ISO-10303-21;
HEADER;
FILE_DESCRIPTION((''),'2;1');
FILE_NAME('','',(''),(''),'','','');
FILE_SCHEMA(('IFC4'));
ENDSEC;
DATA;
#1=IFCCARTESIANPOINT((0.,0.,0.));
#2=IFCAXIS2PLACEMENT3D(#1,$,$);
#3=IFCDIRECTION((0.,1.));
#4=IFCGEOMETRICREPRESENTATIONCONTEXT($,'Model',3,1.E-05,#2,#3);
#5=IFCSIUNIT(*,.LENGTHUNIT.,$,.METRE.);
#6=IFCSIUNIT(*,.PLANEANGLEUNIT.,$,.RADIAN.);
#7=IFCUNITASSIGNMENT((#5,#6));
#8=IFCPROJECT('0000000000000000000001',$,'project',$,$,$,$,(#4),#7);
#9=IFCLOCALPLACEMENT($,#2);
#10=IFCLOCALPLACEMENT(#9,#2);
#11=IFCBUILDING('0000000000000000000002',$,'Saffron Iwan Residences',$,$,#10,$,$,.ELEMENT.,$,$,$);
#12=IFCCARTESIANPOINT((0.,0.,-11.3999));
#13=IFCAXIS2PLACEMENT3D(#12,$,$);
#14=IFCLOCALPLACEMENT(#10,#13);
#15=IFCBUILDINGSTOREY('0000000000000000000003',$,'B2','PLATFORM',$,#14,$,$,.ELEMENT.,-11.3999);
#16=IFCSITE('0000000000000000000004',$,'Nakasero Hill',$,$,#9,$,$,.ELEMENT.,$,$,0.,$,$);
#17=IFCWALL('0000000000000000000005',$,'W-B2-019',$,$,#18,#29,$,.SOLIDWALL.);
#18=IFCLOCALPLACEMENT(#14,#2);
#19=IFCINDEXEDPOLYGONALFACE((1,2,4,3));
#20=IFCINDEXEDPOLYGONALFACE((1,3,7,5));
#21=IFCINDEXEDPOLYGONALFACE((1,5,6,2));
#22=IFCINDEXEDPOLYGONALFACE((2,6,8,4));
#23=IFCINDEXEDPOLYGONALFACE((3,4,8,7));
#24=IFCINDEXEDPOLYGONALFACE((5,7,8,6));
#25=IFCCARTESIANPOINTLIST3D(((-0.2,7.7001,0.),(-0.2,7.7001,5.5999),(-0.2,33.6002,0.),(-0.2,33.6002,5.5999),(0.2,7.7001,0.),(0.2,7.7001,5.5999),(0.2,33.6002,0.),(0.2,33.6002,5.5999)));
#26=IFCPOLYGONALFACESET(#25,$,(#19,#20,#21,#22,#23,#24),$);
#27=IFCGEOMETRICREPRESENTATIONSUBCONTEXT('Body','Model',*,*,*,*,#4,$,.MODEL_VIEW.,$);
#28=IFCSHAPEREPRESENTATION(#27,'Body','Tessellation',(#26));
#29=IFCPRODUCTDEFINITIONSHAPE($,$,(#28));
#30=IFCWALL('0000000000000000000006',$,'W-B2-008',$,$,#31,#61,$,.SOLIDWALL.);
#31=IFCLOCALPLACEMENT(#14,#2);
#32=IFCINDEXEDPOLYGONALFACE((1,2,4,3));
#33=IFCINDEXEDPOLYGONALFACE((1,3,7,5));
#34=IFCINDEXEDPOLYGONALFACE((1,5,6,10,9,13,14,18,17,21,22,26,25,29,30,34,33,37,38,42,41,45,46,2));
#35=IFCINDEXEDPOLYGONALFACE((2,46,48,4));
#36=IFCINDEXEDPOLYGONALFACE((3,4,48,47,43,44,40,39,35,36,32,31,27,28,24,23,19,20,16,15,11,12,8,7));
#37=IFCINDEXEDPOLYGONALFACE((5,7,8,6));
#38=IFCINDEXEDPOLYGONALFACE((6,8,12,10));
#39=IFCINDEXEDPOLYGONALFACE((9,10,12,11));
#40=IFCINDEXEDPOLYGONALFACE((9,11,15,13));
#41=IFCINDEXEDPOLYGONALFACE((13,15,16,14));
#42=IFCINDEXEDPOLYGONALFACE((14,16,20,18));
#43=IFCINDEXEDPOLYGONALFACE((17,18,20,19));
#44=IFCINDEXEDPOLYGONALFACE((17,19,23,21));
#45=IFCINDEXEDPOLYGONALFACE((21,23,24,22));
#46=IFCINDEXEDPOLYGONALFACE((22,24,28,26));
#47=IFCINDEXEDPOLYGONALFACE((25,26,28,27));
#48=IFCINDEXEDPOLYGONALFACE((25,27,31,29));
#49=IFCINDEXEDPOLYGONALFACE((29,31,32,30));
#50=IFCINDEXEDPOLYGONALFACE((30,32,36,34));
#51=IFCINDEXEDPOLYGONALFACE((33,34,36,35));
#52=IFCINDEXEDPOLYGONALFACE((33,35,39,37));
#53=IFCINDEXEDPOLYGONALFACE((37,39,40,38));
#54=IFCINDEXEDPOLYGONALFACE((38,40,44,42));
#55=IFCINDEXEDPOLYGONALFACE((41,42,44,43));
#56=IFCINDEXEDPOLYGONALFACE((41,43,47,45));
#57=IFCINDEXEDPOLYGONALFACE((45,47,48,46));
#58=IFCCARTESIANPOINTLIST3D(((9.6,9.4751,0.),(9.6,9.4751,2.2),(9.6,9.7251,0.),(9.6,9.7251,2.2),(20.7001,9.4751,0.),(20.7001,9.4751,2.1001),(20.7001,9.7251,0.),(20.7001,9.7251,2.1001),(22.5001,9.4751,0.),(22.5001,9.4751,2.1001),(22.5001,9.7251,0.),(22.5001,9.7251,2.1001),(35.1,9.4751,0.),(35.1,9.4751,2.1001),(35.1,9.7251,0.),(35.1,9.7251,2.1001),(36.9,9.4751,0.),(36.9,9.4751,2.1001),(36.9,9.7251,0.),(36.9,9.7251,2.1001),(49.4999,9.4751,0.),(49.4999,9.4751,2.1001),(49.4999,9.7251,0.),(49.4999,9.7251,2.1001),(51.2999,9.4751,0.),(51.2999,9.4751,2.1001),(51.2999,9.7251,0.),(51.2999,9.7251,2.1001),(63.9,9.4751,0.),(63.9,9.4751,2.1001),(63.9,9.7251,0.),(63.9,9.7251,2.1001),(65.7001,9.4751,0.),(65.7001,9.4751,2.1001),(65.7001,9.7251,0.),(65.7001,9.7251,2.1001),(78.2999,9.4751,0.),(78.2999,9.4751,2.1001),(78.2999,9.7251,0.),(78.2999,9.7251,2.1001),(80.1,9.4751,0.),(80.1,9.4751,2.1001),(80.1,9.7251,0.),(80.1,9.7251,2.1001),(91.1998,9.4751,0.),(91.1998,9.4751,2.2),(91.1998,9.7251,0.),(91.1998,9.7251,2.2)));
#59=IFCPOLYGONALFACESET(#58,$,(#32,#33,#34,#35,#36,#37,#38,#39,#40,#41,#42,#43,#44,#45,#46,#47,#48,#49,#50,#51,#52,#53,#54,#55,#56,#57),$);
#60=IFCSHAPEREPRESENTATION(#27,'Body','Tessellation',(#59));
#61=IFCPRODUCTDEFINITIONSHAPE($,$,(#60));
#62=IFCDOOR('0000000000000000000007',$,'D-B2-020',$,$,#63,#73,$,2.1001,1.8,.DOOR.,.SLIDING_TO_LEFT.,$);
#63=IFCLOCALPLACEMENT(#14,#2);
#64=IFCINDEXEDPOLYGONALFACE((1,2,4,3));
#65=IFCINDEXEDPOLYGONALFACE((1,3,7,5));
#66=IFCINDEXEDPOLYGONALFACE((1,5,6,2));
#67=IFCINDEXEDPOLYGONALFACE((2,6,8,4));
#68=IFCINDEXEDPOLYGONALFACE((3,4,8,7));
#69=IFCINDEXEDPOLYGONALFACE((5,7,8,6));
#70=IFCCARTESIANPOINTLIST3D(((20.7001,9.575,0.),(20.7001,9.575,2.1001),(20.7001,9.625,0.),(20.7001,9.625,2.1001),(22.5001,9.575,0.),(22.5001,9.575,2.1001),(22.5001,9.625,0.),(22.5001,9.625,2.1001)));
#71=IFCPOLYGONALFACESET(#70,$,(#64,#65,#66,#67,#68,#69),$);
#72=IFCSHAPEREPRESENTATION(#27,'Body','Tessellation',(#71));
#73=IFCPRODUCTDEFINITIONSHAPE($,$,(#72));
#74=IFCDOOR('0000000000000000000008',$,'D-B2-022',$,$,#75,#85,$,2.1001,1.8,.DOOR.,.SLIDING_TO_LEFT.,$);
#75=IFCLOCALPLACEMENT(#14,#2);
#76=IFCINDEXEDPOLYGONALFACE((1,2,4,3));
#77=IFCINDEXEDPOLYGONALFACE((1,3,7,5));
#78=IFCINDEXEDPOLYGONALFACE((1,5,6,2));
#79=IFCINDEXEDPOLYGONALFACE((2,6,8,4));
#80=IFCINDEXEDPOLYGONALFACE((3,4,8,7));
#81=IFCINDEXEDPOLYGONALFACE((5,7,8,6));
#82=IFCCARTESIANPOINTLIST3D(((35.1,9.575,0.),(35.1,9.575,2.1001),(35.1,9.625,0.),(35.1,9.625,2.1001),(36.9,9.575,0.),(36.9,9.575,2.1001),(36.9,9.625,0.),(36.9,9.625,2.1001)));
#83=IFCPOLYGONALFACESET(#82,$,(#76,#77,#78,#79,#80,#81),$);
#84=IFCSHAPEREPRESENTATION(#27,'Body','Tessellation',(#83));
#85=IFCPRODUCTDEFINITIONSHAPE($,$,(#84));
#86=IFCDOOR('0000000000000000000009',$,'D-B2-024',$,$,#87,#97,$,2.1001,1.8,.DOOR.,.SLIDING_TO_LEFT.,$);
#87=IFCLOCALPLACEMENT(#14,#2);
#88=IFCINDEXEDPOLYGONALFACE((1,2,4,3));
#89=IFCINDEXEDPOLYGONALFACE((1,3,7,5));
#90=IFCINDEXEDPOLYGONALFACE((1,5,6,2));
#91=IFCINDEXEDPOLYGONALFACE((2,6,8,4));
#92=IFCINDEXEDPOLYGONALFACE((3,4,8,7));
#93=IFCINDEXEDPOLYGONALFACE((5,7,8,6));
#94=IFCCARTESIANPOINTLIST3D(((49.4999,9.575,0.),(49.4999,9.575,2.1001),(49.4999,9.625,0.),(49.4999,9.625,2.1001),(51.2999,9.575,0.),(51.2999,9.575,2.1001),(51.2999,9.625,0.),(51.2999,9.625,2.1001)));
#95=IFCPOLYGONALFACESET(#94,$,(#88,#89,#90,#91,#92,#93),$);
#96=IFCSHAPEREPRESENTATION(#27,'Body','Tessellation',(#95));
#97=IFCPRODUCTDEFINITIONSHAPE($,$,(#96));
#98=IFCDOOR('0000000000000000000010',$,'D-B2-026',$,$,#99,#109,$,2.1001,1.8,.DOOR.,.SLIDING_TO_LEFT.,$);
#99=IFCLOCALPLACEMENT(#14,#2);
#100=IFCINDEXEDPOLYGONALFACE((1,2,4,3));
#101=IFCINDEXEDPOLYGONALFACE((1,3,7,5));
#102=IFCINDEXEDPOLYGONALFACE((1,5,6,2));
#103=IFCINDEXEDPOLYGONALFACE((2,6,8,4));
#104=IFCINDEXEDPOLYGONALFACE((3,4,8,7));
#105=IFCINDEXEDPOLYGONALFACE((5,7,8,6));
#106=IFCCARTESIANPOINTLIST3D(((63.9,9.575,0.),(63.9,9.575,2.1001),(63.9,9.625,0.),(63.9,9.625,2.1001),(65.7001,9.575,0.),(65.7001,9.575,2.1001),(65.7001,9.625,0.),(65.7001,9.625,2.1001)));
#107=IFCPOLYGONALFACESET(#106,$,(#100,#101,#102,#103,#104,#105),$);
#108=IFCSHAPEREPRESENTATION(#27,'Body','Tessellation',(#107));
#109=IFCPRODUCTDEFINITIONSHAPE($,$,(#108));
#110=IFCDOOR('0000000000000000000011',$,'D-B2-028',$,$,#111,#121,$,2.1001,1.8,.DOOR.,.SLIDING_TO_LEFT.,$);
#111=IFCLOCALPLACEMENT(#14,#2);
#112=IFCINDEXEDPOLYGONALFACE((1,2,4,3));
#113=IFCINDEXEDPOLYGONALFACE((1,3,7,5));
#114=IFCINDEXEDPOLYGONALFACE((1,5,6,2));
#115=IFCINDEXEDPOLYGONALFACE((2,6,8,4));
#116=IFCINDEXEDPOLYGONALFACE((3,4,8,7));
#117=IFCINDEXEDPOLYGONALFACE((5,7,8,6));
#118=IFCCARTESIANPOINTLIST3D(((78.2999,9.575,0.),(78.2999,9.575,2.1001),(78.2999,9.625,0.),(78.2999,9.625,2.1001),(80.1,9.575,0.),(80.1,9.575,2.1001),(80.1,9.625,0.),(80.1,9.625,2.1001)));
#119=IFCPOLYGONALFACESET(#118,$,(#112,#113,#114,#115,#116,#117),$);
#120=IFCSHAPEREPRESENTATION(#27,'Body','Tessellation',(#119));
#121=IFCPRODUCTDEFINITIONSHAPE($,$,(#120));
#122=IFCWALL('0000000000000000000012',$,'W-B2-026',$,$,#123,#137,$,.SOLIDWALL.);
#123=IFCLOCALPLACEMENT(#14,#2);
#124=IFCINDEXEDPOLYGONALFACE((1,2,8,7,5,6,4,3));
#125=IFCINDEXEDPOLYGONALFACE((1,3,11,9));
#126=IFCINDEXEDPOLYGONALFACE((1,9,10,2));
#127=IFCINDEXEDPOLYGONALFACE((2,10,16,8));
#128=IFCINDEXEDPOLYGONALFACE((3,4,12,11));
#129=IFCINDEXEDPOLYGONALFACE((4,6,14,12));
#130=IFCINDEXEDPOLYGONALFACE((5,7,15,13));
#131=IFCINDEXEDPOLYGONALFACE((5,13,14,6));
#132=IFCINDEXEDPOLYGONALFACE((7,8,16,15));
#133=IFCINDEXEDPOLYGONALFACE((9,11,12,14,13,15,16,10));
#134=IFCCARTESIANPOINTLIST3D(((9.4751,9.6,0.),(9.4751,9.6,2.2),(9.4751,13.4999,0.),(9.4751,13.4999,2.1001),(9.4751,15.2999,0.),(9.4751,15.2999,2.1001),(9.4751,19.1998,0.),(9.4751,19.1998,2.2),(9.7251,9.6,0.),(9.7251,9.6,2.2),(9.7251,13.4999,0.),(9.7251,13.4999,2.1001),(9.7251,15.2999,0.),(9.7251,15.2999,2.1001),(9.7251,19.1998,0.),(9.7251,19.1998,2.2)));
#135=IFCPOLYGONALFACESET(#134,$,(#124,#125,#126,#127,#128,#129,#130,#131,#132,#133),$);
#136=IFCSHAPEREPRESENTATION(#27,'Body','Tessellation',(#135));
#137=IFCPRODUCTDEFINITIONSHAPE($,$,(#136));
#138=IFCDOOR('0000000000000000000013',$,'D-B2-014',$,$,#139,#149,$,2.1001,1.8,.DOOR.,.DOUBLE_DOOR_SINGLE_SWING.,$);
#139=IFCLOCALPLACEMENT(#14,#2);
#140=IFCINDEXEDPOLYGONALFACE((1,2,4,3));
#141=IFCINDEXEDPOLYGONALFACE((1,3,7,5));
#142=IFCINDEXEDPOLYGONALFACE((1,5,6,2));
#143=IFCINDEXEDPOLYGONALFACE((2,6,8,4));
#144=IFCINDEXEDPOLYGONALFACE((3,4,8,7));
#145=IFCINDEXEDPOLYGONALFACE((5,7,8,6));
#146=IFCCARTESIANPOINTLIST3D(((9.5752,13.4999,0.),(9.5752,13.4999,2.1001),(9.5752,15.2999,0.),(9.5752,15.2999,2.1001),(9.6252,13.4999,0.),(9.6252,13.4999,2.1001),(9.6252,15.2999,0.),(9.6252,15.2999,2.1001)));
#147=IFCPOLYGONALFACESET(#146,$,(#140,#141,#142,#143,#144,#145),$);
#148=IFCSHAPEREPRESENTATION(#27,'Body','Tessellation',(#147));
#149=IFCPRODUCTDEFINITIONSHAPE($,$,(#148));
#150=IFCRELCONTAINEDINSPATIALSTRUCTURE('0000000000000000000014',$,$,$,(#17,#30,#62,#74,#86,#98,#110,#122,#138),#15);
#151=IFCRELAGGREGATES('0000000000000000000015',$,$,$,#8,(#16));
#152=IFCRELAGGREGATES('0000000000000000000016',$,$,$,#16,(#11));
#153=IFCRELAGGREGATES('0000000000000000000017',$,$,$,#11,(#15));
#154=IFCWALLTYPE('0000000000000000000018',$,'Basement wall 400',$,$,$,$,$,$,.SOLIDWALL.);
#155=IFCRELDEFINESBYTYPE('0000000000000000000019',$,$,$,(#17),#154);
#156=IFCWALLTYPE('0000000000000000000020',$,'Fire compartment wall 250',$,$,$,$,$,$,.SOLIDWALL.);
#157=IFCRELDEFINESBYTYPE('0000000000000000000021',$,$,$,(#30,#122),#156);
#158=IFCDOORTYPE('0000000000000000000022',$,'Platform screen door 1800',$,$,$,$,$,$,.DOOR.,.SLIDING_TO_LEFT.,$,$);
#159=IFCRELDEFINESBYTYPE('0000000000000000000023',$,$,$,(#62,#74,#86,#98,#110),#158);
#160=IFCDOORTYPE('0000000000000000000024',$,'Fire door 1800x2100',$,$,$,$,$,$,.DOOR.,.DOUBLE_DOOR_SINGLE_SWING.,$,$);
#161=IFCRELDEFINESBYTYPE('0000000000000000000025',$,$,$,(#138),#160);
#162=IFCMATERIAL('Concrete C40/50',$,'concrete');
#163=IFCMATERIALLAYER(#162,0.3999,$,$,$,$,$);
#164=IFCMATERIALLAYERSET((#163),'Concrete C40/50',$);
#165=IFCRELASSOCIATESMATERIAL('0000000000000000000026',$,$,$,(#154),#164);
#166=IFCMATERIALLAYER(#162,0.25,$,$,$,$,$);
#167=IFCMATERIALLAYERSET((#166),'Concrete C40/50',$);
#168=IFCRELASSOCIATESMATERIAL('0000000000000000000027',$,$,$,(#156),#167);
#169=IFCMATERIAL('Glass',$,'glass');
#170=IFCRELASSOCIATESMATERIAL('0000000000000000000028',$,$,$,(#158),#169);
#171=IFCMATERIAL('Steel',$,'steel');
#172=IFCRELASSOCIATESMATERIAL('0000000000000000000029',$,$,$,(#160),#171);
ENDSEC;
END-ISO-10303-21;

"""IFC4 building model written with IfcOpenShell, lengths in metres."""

from ifc_helpers import new_model, si_unit, direction, frame, frame_2d, origin, place, context, subcontext, project, spatial, rectangle, extrude, material, layer, layer_set, type_object, element, fill, save


model = new_model("IFC4")

# Units and contexts
model_context = context("Model", 3, precision=1e-05, world=origin(), true_north=direction((0.0, 1.0)))
body_context = subcontext(model_context, "Body", "Model", "MODEL_VIEW")
ifc_project = project(units=[si_unit("LENGTHUNIT", "METRE"), si_unit("PLANEANGLEUNIT", "RADIAN")], contexts=[model_context])

# Site, building, storey
site_placement = place(None, origin())
site = spatial("IfcSite", under=ifc_project, at=site_placement, Name="Nakasero Hill", CompositionType="ELEMENT", RefElevation=0.0)
building_placement = place(site_placement, origin())
building = spatial("IfcBuilding", under=site, at=building_placement, Name="Saffron Iwan Residences", CompositionType="ELEMENT")
storey_placement = place(building_placement, frame((0.0, 0.0, -11.3999)))
storey = spatial("IfcBuildingStorey", under=building, at=storey_placement, Name="B2", Description="PLATFORM", CompositionType="ELEMENT", Elevation=-11.3999)

# Shared definitions
ifc_material_1 = material(Name="Concrete C40/50", Category="concrete")

# Wall
ifc_layer_1 = layer(ifc_material_1, 0.3999)
ifc_layer_set_1 = layer_set([ifc_layer_1], Name="Concrete C40/50")
wall_type_1 = type_object("IfcWallType", Name="Basement wall 400", PredefinedType="SOLIDWALL", material=ifc_layer_set_1)
wall_1_placement = place(storey_placement, frame((0.0, 7.7, 0.0), z_axis=(0.0, 0.0, 1.0), x_axis=(0.0, 1.0, 0.0)))
element("IfcWall", 1, at=wall_1_placement, inside=storey, type_object=wall_type_1, Name="W-B2-019", PredefinedType="SOLIDWALL", context=body_context, shape_type="SweptSolid", body=[
    extrude(rectangle(XDim=25.9001, YDim=0.3999, at=frame_2d((12.9502, 0.0))), origin(), (0.0, 0.0, 1.0), 5.5999),
])

# Wall, openings, doors
ifc_layer_2 = layer(ifc_material_1, 0.25)
ifc_layer_set_2 = layer_set([ifc_layer_2], Name="Concrete C40/50")
wall_type_2 = type_object("IfcWallType", Name="Fire compartment wall 250", PredefinedType="SOLIDWALL", material=ifc_layer_set_2)
wall_2_placement = place(storey_placement, frame((9.6001, 9.6001, 0.0), z_axis=(0.0, 0.0, 1.0), x_axis=(1.0, 0.0, 0.0)))
wall_2 = element("IfcWall", 2, at=wall_2_placement, inside=storey, type_object=wall_type_2, Name="W-B2-008", PredefinedType="SOLIDWALL", context=body_context, shape_type="SweptSolid", body=[
    extrude(rectangle(XDim=81.5999, YDim=0.25, at=frame_2d((40.7998, 0.0))), origin(), (0.0, 0.0, 1.0), 2.2),
])
opening_1_placement = place(wall_2_placement, frame((11.1001, 0.0, 0.0)))
opening_1 = element("IfcOpeningElement", 3, at=opening_1_placement, cuts=wall_2, PredefinedType="OPENING", context=body_context, shape_type="SweptSolid", body=[
    extrude(rectangle(XDim=1.8, YDim=2.1001, at=frame_2d((0.8999, 1.05))), frame((0.0, 0.135, 0.0), z_axis=(0.0, -1.0, 0.0), x_axis=(1.0, 0.0, 0.0)), (0.0, 0.0, 1.0), 0.27),
])
opening_2_placement = place(wall_2_placement, frame((25.5, 0.0, 0.0)))
opening_2 = element("IfcOpeningElement", 4, at=opening_2_placement, cuts=wall_2, PredefinedType="OPENING", context=body_context, shape_type="SweptSolid", body=[
    extrude(rectangle(XDim=1.8, YDim=2.1001, at=frame_2d((0.8999, 1.05))), frame((0.0, 0.135, 0.0), z_axis=(0.0, -1.0, 0.0), x_axis=(1.0, 0.0, 0.0)), (0.0, 0.0, 1.0), 0.27),
])
opening_3_placement = place(wall_2_placement, frame((39.8999, 0.0, 0.0)))
opening_3 = element("IfcOpeningElement", 5, at=opening_3_placement, cuts=wall_2, PredefinedType="OPENING", context=body_context, shape_type="SweptSolid", body=[
    extrude(rectangle(XDim=1.8, YDim=2.1001, at=frame_2d((0.8999, 1.05))), frame((0.0, 0.135, 0.0), z_axis=(0.0, -1.0, 0.0), x_axis=(1.0, 0.0, 0.0)), (0.0, 0.0, 1.0), 0.27),
])
opening_4_placement = place(wall_2_placement, frame((54.3, 0.0, 0.0)))
opening_4 = element("IfcOpeningElement", 6, at=opening_4_placement, cuts=wall_2, PredefinedType="OPENING", context=body_context, shape_type="SweptSolid", body=[
    extrude(rectangle(XDim=1.8, YDim=2.1001, at=frame_2d((0.8999, 1.05))), frame((0.0, 0.135, 0.0), z_axis=(0.0, -1.0, 0.0), x_axis=(1.0, 0.0, 0.0)), (0.0, 0.0, 1.0), 0.27),
])
opening_5_placement = place(wall_2_placement, frame((68.7, 0.0, 0.0)))
opening_5 = element("IfcOpeningElement", 7, at=opening_5_placement, cuts=wall_2, PredefinedType="OPENING", context=body_context, shape_type="SweptSolid", body=[
    extrude(rectangle(XDim=1.8, YDim=2.1001, at=frame_2d((0.8999, 1.05))), frame((0.0, 0.135, 0.0), z_axis=(0.0, -1.0, 0.0), x_axis=(1.0, 0.0, 0.0)), (0.0, 0.0, 1.0), 0.27),
])
ifc_material_2 = material(Name="Glass", Category="glass")
door_type_1 = type_object("IfcDoorType", Name="Platform screen door 1800", OperationType="SLIDING_TO_LEFT", PredefinedType="DOOR", material=ifc_material_2)
door_1_placement = place(opening_1_placement, origin())
door_1 = element("IfcDoor", 8, at=door_1_placement, inside=storey, type_object=door_type_1, Name="D-B2-020", OperationType="SLIDING_TO_LEFT", OverallHeight=2.1001, OverallWidth=1.8, PredefinedType="DOOR", context=body_context, shape_type="SweptSolid", body=[
    extrude(rectangle(XDim=1.8, YDim=2.1001, at=frame_2d((0.8999, 1.05))), frame((0.0, 0.0249, 0.0), z_axis=(0.0, -1.0, 0.0), x_axis=(1.0, 0.0, 0.0)), (0.0, 0.0, 1.0), 0.05),
])
fill(opening_1, door_1)
door_2_placement = place(opening_2_placement, origin())
door_2 = element("IfcDoor", 9, at=door_2_placement, inside=storey, type_object=door_type_1, Name="D-B2-022", OperationType="SLIDING_TO_LEFT", OverallHeight=2.1001, OverallWidth=1.8, PredefinedType="DOOR", context=body_context, shape_type="SweptSolid", body=[
    extrude(rectangle(XDim=1.8, YDim=2.1001, at=frame_2d((0.8999, 1.05))), frame((0.0, 0.0249, 0.0), z_axis=(0.0, -1.0, 0.0), x_axis=(1.0, 0.0, 0.0)), (0.0, 0.0, 1.0), 0.05),
])
fill(opening_2, door_2)
door_3_placement = place(opening_3_placement, origin())
door_3 = element("IfcDoor", 10, at=door_3_placement, inside=storey, type_object=door_type_1, Name="D-B2-024", OperationType="SLIDING_TO_LEFT", OverallHeight=2.1001, OverallWidth=1.8, PredefinedType="DOOR", context=body_context, shape_type="SweptSolid", body=[
    extrude(rectangle(XDim=1.8, YDim=2.1001, at=frame_2d((0.8999, 1.05))), frame((0.0, 0.0249, 0.0), z_axis=(0.0, -1.0, 0.0), x_axis=(1.0, 0.0, 0.0)), (0.0, 0.0, 1.0), 0.05),
])
fill(opening_3, door_3)
door_4_placement = place(opening_4_placement, origin())
door_4 = element("IfcDoor", 11, at=door_4_placement, inside=storey, type_object=door_type_1, Name="D-B2-026", OperationType="SLIDING_TO_LEFT", OverallHeight=2.1001, OverallWidth=1.8, PredefinedType="DOOR", context=body_context, shape_type="SweptSolid", body=[
    extrude(rectangle(XDim=1.8, YDim=2.1001, at=frame_2d((0.8999, 1.05))), frame((0.0, 0.0249, 0.0), z_axis=(0.0, -1.0, 0.0), x_axis=(1.0, 0.0, 0.0)), (0.0, 0.0, 1.0), 0.05),
])
fill(opening_4, door_4)
door_5_placement = place(opening_5_placement, origin())
door_5 = element("IfcDoor", 12, at=door_5_placement, inside=storey, type_object=door_type_1, Name="D-B2-028", OperationType="SLIDING_TO_LEFT", OverallHeight=2.1001, OverallWidth=1.8, PredefinedType="DOOR", context=body_context, shape_type="SweptSolid", body=[
    extrude(rectangle(XDim=1.8, YDim=2.1001, at=frame_2d((0.8999, 1.05))), frame((0.0, 0.0249, 0.0), z_axis=(0.0, -1.0, 0.0), x_axis=(1.0, 0.0, 0.0)), (0.0, 0.0, 1.0), 0.05),
])
fill(opening_5, door_5)

# Wall, opening, door
wall_3_placement = place(storey_placement, frame((9.6001, 9.6001, 0.0), z_axis=(0.0, 0.0, 1.0), x_axis=(0.0, 1.0, 0.0)))
wall_3 = element("IfcWall", 13, at=wall_3_placement, inside=storey, type_object=wall_type_2, Name="W-B2-026", PredefinedType="SOLIDWALL", context=body_context, shape_type="SweptSolid", body=[
    extrude(rectangle(XDim=9.5999, YDim=0.25, at=frame_2d((4.7998, 0.0))), origin(), (0.0, 0.0, 1.0), 2.2),
])
opening_6_placement = place(wall_3_placement, frame((3.8999, 0.0, 0.0)))
opening_6 = element("IfcOpeningElement", 14, at=opening_6_placement, cuts=wall_3, PredefinedType="OPENING", context=body_context, shape_type="SweptSolid", body=[
    extrude(rectangle(XDim=1.8, YDim=2.1001, at=frame_2d((0.8999, 1.05))), frame((0.0, 0.135, 0.0), z_axis=(0.0, -1.0, 0.0), x_axis=(1.0, 0.0, 0.0)), (0.0, 0.0, 1.0), 0.27),
])
ifc_material_3 = material(Name="Steel", Category="steel")
door_type_2 = type_object("IfcDoorType", Name="Fire door 1800x2100", OperationType="DOUBLE_DOOR_SINGLE_SWING", PredefinedType="DOOR", material=ifc_material_3)
door_6_placement = place(opening_6_placement, origin())
door_6 = element("IfcDoor", 15, at=door_6_placement, inside=storey, type_object=door_type_2, Name="D-B2-014", OperationType="DOUBLE_DOOR_SINGLE_SWING", OverallHeight=2.1001, OverallWidth=1.8, PredefinedType="DOOR", context=body_context, shape_type="SweptSolid", body=[
    extrude(rectangle(XDim=1.8, YDim=2.1001, at=frame_2d((0.8999, 1.05))), frame((0.0, 0.0249, 0.0), z_axis=(0.0, -1.0, 0.0), x_axis=(1.0, 0.0, 0.0)), (0.0, 0.0, 1.0), 0.05),
])
fill(opening_6, door_6)

save(model, "model.ifc")
